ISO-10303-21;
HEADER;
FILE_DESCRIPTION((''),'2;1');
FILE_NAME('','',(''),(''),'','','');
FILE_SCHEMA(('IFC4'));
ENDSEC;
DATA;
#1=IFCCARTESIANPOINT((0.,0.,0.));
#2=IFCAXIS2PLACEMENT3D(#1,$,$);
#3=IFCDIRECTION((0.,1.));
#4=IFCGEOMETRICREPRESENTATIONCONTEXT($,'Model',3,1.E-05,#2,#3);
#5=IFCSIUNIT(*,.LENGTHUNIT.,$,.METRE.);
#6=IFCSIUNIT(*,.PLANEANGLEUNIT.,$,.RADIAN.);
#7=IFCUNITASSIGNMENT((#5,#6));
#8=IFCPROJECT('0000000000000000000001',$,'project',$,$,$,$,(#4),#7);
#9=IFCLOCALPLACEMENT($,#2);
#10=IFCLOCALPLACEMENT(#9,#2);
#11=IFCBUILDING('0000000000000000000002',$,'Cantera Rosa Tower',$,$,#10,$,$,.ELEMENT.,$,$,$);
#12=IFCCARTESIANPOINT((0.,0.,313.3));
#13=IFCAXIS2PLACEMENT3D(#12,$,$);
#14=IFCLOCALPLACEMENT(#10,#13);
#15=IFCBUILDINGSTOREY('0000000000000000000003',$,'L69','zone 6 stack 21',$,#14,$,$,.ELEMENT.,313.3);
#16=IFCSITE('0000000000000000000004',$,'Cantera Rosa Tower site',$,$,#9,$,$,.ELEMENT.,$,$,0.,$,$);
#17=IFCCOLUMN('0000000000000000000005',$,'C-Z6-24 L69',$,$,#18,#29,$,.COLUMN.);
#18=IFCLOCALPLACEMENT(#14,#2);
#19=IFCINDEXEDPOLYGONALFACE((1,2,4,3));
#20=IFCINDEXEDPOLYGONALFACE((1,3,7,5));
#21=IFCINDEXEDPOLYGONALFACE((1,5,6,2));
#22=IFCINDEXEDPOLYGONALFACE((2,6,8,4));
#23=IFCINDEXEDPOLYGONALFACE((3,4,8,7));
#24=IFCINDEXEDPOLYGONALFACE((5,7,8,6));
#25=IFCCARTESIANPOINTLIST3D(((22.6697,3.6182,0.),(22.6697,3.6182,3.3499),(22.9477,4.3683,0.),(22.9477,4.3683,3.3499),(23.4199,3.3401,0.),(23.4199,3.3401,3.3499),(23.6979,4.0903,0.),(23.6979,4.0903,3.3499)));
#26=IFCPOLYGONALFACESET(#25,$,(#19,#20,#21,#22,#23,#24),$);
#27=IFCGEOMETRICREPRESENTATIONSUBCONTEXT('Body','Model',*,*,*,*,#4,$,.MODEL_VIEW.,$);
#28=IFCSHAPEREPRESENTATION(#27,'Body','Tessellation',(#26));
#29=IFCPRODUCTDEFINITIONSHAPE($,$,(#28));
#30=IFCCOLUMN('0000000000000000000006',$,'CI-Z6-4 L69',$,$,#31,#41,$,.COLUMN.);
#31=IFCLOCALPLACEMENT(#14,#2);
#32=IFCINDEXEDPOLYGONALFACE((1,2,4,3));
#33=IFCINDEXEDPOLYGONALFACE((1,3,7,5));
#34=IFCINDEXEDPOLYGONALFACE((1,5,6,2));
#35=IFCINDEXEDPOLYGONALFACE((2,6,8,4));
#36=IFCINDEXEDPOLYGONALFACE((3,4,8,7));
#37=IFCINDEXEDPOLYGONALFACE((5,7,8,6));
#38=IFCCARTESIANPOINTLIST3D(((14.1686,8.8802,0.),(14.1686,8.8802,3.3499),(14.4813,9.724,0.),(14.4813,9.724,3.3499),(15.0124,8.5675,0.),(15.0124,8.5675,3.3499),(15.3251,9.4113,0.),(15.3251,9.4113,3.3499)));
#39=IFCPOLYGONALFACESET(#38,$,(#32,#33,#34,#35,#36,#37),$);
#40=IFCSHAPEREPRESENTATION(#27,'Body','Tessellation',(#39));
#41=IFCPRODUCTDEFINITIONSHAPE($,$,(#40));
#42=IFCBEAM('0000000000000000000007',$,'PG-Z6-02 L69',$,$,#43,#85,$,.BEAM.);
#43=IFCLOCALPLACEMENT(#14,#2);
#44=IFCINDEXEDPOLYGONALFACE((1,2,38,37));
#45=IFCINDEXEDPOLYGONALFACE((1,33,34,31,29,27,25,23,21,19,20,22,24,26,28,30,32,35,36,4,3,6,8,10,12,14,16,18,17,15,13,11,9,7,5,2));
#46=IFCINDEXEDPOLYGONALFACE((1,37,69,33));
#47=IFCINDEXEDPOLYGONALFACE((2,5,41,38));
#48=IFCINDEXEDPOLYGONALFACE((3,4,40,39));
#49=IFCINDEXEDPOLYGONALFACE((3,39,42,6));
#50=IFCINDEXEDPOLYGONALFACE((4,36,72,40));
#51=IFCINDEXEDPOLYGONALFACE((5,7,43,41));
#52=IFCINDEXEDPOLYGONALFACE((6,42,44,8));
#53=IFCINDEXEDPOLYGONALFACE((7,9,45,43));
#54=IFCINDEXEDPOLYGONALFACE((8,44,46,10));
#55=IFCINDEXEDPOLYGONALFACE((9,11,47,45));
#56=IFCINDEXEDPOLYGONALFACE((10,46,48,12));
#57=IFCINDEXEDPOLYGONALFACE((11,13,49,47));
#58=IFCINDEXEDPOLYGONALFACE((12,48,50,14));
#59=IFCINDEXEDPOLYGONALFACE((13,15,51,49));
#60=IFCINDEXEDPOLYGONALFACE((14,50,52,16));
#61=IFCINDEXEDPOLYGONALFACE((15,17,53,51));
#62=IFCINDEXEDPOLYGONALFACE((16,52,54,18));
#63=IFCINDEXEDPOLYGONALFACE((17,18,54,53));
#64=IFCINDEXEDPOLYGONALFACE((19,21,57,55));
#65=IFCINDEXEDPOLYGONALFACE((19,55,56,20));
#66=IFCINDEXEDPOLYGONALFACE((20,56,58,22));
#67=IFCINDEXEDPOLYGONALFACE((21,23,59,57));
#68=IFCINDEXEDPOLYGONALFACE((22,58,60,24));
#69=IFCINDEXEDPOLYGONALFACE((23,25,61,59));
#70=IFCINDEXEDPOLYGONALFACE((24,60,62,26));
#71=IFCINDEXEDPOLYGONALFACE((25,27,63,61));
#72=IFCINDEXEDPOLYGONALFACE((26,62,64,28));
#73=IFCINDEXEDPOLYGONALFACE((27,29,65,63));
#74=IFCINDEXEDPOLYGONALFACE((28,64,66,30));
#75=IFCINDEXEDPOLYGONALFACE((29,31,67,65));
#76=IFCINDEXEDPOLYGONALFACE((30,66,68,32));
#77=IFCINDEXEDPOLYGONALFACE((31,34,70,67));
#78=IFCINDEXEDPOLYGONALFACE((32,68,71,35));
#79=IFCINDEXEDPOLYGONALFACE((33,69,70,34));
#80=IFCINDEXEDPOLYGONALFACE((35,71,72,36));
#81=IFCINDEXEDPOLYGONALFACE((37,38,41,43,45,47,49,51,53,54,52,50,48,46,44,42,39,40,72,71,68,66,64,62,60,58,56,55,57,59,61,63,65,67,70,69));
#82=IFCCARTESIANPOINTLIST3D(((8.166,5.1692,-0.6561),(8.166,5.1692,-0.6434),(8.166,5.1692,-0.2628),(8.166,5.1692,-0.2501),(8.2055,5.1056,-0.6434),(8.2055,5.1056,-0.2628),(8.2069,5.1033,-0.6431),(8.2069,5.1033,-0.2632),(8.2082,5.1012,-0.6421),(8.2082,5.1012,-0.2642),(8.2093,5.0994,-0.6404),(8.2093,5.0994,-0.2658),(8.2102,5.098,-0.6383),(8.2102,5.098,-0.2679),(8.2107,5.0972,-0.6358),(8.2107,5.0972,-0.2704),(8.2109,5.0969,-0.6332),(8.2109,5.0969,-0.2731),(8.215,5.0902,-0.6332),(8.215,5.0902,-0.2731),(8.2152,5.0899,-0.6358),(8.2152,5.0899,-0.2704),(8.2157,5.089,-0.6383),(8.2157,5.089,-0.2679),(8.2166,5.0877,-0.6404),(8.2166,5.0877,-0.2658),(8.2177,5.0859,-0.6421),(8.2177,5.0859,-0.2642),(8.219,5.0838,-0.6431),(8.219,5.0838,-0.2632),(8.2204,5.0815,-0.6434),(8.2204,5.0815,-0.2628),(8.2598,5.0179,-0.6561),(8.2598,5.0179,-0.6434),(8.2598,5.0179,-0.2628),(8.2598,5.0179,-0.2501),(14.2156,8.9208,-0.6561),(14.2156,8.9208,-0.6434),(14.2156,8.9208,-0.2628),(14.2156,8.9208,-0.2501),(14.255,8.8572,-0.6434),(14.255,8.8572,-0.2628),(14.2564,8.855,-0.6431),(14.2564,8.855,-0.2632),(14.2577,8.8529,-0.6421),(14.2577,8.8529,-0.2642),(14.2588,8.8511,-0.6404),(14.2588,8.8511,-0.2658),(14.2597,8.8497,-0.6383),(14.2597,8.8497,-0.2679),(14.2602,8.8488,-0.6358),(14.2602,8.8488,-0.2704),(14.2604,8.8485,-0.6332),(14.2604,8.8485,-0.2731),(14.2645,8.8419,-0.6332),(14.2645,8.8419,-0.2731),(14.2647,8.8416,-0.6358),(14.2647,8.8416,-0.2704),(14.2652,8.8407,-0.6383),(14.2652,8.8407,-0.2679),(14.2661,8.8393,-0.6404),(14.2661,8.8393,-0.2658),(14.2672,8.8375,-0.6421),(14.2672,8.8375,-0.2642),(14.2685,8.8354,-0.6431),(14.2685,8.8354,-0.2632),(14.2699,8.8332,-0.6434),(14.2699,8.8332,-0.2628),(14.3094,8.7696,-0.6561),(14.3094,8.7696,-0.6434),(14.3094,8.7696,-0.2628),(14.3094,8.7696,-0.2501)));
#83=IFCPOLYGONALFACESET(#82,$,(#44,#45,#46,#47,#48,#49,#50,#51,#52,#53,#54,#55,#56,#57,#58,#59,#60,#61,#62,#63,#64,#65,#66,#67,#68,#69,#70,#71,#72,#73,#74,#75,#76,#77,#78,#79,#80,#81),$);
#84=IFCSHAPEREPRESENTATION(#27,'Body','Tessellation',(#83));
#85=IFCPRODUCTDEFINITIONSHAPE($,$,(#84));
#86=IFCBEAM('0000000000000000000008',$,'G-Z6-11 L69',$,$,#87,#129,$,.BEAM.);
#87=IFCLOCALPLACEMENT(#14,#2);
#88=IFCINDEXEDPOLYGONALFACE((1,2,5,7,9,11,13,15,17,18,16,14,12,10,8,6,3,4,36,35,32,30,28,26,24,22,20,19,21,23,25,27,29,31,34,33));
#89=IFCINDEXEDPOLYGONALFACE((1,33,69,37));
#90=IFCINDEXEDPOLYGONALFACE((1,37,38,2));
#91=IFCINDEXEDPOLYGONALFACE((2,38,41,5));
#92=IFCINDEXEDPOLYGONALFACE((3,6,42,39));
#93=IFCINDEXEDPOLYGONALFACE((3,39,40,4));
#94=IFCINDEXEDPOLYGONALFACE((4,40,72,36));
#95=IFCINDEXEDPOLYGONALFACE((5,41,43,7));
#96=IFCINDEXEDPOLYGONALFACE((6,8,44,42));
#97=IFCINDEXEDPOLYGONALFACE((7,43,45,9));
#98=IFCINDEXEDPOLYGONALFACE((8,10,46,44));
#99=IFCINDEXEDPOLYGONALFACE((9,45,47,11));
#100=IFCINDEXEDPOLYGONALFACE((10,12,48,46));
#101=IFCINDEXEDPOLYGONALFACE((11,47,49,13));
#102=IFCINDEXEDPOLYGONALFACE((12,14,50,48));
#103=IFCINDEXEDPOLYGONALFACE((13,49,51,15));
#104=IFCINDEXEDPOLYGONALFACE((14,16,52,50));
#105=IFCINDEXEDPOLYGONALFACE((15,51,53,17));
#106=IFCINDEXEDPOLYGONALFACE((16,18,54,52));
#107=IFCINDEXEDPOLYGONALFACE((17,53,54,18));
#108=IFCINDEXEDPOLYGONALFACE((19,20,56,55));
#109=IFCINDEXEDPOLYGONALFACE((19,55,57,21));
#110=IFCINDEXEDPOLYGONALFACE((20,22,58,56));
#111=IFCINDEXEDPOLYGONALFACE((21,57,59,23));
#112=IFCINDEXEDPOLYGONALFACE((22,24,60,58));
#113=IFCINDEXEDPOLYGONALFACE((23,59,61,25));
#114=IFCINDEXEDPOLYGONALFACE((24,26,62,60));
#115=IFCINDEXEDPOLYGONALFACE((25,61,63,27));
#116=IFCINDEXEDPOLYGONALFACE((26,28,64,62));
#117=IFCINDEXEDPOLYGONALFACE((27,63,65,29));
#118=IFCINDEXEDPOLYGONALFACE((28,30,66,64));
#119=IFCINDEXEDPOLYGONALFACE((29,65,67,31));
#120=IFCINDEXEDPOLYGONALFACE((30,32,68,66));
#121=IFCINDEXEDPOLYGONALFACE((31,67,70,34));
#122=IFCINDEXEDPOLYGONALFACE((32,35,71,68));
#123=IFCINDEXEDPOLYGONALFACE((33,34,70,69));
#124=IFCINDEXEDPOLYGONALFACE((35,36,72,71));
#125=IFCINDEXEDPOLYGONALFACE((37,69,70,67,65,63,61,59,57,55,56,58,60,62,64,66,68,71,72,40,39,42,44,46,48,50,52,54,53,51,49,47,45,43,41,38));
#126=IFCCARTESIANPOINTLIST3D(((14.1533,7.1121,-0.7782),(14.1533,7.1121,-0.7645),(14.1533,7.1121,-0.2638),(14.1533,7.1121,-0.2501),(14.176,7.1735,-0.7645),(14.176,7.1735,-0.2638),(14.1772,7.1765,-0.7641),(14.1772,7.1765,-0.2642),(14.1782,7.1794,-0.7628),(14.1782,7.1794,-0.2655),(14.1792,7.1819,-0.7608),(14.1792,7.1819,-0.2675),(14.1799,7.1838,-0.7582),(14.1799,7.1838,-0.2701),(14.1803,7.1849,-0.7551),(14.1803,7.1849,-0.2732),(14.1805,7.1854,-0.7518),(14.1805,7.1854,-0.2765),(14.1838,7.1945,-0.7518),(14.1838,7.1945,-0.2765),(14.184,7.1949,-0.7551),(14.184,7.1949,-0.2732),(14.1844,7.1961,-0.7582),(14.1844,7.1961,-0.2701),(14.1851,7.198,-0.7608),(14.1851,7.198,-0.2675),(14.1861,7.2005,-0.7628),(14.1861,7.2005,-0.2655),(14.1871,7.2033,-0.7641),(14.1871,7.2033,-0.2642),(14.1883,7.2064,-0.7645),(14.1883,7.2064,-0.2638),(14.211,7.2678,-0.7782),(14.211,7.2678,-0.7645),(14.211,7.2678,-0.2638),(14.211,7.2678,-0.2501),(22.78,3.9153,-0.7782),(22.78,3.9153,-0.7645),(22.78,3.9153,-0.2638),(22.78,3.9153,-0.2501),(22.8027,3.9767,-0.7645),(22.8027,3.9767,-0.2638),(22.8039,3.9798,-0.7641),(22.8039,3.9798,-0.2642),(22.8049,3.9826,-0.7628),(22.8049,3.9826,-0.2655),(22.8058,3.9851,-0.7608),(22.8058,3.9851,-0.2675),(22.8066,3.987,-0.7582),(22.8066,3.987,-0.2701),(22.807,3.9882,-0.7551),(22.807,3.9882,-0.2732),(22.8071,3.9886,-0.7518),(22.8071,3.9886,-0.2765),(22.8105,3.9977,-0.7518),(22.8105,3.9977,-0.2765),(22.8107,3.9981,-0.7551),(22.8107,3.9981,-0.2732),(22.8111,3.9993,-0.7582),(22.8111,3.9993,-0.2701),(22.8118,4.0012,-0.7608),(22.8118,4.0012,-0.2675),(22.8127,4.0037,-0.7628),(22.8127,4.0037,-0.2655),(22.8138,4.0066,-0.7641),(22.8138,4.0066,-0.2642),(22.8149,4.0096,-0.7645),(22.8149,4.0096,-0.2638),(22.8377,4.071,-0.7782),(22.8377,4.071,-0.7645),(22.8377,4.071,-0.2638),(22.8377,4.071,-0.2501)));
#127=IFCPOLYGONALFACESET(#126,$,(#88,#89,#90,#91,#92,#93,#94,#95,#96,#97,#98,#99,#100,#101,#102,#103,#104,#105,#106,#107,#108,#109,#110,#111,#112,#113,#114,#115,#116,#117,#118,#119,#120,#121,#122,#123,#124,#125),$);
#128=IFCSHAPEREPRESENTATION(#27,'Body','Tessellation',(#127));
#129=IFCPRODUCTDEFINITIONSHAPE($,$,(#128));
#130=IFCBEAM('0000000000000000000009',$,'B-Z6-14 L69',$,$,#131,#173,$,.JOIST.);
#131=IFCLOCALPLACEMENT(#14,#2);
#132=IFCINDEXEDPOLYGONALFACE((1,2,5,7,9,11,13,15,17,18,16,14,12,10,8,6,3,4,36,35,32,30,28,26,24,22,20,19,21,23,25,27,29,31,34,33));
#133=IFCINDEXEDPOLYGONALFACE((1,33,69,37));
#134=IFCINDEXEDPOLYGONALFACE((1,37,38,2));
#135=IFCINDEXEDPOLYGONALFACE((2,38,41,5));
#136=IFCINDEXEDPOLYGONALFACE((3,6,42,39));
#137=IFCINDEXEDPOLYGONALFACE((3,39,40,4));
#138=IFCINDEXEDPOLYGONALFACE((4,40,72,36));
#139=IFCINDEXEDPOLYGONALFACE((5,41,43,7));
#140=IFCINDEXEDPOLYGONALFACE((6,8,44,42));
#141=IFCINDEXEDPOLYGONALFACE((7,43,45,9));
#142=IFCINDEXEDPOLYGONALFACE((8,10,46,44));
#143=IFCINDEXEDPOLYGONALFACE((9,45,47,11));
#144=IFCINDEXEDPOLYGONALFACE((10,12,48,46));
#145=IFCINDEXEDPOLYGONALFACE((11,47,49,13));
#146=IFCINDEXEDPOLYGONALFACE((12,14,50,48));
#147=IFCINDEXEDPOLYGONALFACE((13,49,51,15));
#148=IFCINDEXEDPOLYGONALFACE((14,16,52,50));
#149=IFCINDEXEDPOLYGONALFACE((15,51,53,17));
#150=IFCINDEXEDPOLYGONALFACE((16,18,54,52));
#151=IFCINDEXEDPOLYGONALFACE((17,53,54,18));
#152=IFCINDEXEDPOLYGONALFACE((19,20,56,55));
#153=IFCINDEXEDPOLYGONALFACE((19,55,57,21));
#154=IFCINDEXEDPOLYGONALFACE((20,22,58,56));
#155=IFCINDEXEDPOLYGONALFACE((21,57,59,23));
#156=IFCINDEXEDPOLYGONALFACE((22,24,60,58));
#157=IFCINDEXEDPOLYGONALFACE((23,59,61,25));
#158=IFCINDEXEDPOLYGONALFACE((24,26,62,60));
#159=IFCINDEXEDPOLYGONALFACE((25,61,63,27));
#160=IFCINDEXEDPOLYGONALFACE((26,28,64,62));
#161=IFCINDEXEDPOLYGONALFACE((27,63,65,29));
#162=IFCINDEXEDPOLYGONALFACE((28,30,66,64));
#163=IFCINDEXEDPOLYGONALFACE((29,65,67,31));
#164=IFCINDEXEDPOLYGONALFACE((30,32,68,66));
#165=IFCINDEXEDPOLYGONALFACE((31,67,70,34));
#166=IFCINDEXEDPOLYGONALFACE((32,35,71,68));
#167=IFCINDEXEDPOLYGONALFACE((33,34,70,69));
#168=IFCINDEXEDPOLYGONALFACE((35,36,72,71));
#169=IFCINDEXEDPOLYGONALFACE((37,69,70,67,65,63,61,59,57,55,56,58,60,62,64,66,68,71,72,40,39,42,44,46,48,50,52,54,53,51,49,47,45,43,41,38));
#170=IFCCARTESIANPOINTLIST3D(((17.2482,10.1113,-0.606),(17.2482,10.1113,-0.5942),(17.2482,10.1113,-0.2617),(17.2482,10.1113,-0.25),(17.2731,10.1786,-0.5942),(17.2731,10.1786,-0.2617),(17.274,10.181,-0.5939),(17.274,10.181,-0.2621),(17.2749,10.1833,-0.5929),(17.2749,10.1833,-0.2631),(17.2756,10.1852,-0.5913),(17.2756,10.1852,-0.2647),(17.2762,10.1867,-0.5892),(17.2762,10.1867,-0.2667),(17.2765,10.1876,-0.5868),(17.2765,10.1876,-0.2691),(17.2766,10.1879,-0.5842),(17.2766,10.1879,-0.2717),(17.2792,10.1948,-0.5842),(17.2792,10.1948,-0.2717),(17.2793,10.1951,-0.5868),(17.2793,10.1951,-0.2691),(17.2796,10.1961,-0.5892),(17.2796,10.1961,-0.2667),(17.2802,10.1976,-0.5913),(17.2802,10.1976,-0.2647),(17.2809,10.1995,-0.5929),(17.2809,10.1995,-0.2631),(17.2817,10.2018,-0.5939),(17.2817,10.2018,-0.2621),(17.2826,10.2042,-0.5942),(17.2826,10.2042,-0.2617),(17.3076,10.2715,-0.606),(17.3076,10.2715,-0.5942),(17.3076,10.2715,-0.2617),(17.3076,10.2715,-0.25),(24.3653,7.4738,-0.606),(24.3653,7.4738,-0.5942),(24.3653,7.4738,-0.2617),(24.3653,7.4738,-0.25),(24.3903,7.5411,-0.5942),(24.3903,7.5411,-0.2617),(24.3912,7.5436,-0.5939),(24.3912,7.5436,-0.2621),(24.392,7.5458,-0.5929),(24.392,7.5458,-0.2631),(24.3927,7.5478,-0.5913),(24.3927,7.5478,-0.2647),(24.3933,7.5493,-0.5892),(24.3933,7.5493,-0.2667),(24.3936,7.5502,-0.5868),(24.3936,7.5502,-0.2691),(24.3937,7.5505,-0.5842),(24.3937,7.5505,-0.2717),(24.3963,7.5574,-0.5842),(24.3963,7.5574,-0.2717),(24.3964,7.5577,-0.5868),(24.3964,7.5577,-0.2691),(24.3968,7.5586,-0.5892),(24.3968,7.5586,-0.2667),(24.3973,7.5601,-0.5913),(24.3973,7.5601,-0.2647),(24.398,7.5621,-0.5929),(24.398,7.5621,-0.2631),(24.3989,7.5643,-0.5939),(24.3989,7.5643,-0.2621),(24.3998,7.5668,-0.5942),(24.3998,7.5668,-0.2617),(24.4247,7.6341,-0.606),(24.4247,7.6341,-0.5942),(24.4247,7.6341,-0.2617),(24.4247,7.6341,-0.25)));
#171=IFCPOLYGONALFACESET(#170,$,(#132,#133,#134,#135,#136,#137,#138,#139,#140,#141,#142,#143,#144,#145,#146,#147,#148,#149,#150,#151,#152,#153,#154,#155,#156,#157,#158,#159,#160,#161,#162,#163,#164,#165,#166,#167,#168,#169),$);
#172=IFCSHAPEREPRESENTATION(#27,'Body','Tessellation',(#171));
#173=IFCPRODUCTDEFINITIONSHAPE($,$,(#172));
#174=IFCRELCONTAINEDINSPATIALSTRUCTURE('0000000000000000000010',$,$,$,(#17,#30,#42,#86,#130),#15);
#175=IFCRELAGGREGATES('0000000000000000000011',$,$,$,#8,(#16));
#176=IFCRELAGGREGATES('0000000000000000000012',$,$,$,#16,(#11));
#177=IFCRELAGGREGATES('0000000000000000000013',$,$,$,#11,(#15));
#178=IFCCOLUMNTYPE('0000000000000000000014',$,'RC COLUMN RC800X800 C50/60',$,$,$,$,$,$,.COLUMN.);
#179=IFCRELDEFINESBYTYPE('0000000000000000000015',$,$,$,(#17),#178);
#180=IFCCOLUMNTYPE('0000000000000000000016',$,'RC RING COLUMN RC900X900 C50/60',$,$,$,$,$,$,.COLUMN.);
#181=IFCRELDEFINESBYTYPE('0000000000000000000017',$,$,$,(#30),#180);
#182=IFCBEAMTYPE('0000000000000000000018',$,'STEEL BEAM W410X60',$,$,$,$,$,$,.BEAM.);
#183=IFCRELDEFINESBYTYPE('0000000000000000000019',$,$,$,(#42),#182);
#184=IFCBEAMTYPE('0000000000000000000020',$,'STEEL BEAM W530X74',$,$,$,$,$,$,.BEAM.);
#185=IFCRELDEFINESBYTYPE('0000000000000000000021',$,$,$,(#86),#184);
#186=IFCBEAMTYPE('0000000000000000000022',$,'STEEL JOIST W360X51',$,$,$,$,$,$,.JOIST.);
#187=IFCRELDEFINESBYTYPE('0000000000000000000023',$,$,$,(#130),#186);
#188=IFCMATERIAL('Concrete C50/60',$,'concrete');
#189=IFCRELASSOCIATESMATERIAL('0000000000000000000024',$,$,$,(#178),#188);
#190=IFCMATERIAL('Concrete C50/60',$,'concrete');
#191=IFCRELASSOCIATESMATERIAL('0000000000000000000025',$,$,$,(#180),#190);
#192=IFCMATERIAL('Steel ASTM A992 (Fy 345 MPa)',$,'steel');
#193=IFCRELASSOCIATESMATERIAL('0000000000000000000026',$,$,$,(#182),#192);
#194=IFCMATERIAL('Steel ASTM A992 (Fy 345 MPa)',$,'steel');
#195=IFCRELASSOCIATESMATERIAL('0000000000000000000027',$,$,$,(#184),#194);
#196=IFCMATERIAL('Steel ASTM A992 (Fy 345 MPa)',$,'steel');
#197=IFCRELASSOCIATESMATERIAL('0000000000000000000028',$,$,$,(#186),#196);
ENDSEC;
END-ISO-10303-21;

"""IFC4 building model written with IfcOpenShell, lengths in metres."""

from ifc_helpers import new_model, si_unit, direction, frame, origin, origin_2d, place, context, subcontext, project, spatial, rectangle, i_section, extrude, material, material_profile, profile_set, type_object, element, save


model = new_model("IFC4")

# Units and contexts
model_context = context("Model", 3, precision=1e-05, world=origin(), true_north=direction((0.0, 1.0)))
body_context = subcontext(model_context, "Body", "Model", "MODEL_VIEW")
ifc_project = project(units=[si_unit("LENGTHUNIT", "METRE"), si_unit("PLANEANGLEUNIT", "RADIAN")], contexts=[model_context])

# Site, building, storey
site_placement = place(None, origin())
site = spatial("IfcSite", under=ifc_project, at=site_placement, Name="Cantera Rosa Tower site", CompositionType="ELEMENT", RefElevation=0.0)
building_placement = place(site_placement, origin())
building = spatial("IfcBuilding", under=site, at=building_placement, Name="Cantera Rosa Tower", CompositionType="ELEMENT")
storey_placement = place(building_placement, frame((0.0, 0.0, 313.3)))
storey = spatial("IfcBuildingStorey", under=building, at=storey_placement, Name="L69", Description="zone 6 stack 21", CompositionType="ELEMENT", Elevation=313.3)

# Columns
ifc_material_1 = material(Name="Concrete C50/60", Category="concrete")
ifc_material_profile_1 = material_profile(ifc_material_1, rectangle(XDim=0.8, YDim=0.8, at=origin_2d()), Name="RC COLUMN RC800X800 C50/60")
ifc_profile_set_1 = profile_set([ifc_material_profile_1], Name="Concrete C50/60")
column_type_1 = type_object("IfcColumnType", Name="RC COLUMN RC800X800 C50/60", PredefinedType="COLUMN", material=ifc_profile_set_1)
column_1_placement = place(storey_placement, frame((23.1838, 3.8542, 0.0), z_axis=(0.0, 0.0, 1.0), x_axis=(0.347481, 0.937687, 0.0)))
element("IfcColumn", 1, at=column_1_placement, inside=storey, type_object=column_type_1, Name="C-Z6-24 L69", PredefinedType="COLUMN", context=body_context, shape_type="SweptSolid", body=[
    extrude(rectangle(XDim=0.8, YDim=0.8, at=origin_2d()), origin(), (0.0, 0.0, 1.0), 3.3499),
])
ifc_material_2 = material(Name="Concrete C50/60", Category="concrete")
ifc_material_profile_2 = material_profile(ifc_material_2, rectangle(XDim=0.8999, YDim=0.8999, at=origin_2d()), Name="RC RING COLUMN RC900X900 C50/60")
ifc_profile_set_2 = profile_set([ifc_material_profile_2], Name="Concrete C50/60")
column_type_2 = type_object("IfcColumnType", Name="RC RING COLUMN RC900X900 C50/60", PredefinedType="COLUMN", material=ifc_profile_set_2)
column_2_placement = place(storey_placement, frame((14.7468, 9.1458, 0.0), z_axis=(0.0, 0.0, 1.0), x_axis=(0.347481, 0.937687, 0.0)))
element("IfcColumn", 2, at=column_2_placement, inside=storey, type_object=column_type_2, Name="CI-Z6-4 L69", PredefinedType="COLUMN", context=body_context, shape_type="SweptSolid", body=[
    extrude(rectangle(XDim=0.8999, YDim=0.8999, at=origin_2d()), origin(), (0.0, 0.0, 1.0), 3.3499),
])

# Beams
ifc_material_3 = material(Name="Steel ASTM A992 (Fy 345 MPa)", Category="steel")
ifc_material_profile_3 = material_profile(ifc_material_3, i_section(OverallWidth=0.178, OverallDepth=0.406, WebThickness=0.0078, FlangeThickness=0.0127, FilletRadius=0.0103, at=origin_2d()), Name="W410X60")
ifc_profile_set_3 = profile_set([ifc_material_profile_3], Name="Steel ASTM A992 (Fy 345 MPa)")
beam_type_1 = type_object("IfcBeamType", Name="STEEL BEAM W410X60", PredefinedType="BEAM", material=ifc_profile_set_3)
beam_1_placement = place(storey_placement, frame((14.2625, 8.8452, -0.4531), z_axis=(-0.849841, -0.527039, 0.0), x_axis=(0.527039, -0.849841, 0.0)))
element("IfcBeam", 3, at=beam_1_placement, inside=storey, type_object=beam_type_1, Name="PG-Z6-02 L69", PredefinedType="BEAM", context=body_context, shape_type="SweptSolid", body=[
    extrude(i_section(OverallWidth=0.178, OverallDepth=0.406, WebThickness=0.0078, FlangeThickness=0.0127, FilletRadius=0.0103, at=origin_2d()), origin(), (0.0, 0.0, 1.0), 7.1184),
])
ifc_material_4 = material(Name="Steel ASTM A992 (Fy 345 MPa)", Category="steel")
ifc_material_profile_4 = material_profile(ifc_material_4, i_section(OverallWidth=0.166, OverallDepth=0.5281, WebThickness=0.0098, FlangeThickness=0.0137, FilletRadius=0.0127, at=origin_2d()), Name="W530X74")
ifc_profile_set_4 = profile_set([ifc_material_profile_4], Name="Steel ASTM A992 (Fy 345 MPa)")
beam_type_2 = type_object("IfcBeamType", Name="STEEL BEAM W530X74", PredefinedType="BEAM", material=ifc_profile_set_4)
beam_2_placement = place(storey_placement, frame((22.8088, 3.9932, -0.5142), z_axis=(-0.937689, 0.347477, 0.0), x_axis=(-0.347477, -0.937689, 0.0)))
element("IfcBeam", 4, at=beam_2_placement, inside=storey, type_object=beam_type_2, Name="G-Z6-11 L69", PredefinedType="BEAM", context=body_context, shape_type="SweptSolid", body=[
    extrude(i_section(OverallWidth=0.166, OverallDepth=0.5281, WebThickness=0.0098, FlangeThickness=0.0137, FilletRadius=0.0127, at=origin_2d()), origin(), (0.0, 0.0, 1.0), 9.2),
])
ifc_material_5 = material(Name="Steel ASTM A992 (Fy 345 MPa)", Category="steel")
ifc_material_profile_5 = material_profile(ifc_material_5, i_section(OverallWidth=0.1709, OverallDepth=0.356, WebThickness=0.0073, FlangeThickness=0.0117, FilletRadius=0.01, at=origin_2d()), Name="W360X51")
ifc_profile_set_5 = profile_set([ifc_material_profile_5], Name="Steel ASTM A992 (Fy 345 MPa)")
beam_type_3 = type_object("IfcBeamType", Name="STEEL JOIST W360X51", PredefinedType="JOIST", material=ifc_profile_set_5)
beam_3_placement = place(storey_placement, frame((24.395, 7.554, -0.428), z_axis=(-0.937686, 0.347483, 0.0), x_axis=(-0.347483, -0.937686, 0.0)))
element("IfcBeam", 5, at=beam_3_placement, inside=storey, type_object=beam_type_3, Name="B-Z6-14 L69", PredefinedType="JOIST", context=body_context, shape_type="SweptSolid", body=[
    extrude(i_section(OverallWidth=0.1709, OverallDepth=0.356, WebThickness=0.0073, FlangeThickness=0.0117, FilletRadius=0.01, at=origin_2d()), origin(), (0.0, 0.0, 1.0), 7.5901),
])

save(model, "model.ifc")
